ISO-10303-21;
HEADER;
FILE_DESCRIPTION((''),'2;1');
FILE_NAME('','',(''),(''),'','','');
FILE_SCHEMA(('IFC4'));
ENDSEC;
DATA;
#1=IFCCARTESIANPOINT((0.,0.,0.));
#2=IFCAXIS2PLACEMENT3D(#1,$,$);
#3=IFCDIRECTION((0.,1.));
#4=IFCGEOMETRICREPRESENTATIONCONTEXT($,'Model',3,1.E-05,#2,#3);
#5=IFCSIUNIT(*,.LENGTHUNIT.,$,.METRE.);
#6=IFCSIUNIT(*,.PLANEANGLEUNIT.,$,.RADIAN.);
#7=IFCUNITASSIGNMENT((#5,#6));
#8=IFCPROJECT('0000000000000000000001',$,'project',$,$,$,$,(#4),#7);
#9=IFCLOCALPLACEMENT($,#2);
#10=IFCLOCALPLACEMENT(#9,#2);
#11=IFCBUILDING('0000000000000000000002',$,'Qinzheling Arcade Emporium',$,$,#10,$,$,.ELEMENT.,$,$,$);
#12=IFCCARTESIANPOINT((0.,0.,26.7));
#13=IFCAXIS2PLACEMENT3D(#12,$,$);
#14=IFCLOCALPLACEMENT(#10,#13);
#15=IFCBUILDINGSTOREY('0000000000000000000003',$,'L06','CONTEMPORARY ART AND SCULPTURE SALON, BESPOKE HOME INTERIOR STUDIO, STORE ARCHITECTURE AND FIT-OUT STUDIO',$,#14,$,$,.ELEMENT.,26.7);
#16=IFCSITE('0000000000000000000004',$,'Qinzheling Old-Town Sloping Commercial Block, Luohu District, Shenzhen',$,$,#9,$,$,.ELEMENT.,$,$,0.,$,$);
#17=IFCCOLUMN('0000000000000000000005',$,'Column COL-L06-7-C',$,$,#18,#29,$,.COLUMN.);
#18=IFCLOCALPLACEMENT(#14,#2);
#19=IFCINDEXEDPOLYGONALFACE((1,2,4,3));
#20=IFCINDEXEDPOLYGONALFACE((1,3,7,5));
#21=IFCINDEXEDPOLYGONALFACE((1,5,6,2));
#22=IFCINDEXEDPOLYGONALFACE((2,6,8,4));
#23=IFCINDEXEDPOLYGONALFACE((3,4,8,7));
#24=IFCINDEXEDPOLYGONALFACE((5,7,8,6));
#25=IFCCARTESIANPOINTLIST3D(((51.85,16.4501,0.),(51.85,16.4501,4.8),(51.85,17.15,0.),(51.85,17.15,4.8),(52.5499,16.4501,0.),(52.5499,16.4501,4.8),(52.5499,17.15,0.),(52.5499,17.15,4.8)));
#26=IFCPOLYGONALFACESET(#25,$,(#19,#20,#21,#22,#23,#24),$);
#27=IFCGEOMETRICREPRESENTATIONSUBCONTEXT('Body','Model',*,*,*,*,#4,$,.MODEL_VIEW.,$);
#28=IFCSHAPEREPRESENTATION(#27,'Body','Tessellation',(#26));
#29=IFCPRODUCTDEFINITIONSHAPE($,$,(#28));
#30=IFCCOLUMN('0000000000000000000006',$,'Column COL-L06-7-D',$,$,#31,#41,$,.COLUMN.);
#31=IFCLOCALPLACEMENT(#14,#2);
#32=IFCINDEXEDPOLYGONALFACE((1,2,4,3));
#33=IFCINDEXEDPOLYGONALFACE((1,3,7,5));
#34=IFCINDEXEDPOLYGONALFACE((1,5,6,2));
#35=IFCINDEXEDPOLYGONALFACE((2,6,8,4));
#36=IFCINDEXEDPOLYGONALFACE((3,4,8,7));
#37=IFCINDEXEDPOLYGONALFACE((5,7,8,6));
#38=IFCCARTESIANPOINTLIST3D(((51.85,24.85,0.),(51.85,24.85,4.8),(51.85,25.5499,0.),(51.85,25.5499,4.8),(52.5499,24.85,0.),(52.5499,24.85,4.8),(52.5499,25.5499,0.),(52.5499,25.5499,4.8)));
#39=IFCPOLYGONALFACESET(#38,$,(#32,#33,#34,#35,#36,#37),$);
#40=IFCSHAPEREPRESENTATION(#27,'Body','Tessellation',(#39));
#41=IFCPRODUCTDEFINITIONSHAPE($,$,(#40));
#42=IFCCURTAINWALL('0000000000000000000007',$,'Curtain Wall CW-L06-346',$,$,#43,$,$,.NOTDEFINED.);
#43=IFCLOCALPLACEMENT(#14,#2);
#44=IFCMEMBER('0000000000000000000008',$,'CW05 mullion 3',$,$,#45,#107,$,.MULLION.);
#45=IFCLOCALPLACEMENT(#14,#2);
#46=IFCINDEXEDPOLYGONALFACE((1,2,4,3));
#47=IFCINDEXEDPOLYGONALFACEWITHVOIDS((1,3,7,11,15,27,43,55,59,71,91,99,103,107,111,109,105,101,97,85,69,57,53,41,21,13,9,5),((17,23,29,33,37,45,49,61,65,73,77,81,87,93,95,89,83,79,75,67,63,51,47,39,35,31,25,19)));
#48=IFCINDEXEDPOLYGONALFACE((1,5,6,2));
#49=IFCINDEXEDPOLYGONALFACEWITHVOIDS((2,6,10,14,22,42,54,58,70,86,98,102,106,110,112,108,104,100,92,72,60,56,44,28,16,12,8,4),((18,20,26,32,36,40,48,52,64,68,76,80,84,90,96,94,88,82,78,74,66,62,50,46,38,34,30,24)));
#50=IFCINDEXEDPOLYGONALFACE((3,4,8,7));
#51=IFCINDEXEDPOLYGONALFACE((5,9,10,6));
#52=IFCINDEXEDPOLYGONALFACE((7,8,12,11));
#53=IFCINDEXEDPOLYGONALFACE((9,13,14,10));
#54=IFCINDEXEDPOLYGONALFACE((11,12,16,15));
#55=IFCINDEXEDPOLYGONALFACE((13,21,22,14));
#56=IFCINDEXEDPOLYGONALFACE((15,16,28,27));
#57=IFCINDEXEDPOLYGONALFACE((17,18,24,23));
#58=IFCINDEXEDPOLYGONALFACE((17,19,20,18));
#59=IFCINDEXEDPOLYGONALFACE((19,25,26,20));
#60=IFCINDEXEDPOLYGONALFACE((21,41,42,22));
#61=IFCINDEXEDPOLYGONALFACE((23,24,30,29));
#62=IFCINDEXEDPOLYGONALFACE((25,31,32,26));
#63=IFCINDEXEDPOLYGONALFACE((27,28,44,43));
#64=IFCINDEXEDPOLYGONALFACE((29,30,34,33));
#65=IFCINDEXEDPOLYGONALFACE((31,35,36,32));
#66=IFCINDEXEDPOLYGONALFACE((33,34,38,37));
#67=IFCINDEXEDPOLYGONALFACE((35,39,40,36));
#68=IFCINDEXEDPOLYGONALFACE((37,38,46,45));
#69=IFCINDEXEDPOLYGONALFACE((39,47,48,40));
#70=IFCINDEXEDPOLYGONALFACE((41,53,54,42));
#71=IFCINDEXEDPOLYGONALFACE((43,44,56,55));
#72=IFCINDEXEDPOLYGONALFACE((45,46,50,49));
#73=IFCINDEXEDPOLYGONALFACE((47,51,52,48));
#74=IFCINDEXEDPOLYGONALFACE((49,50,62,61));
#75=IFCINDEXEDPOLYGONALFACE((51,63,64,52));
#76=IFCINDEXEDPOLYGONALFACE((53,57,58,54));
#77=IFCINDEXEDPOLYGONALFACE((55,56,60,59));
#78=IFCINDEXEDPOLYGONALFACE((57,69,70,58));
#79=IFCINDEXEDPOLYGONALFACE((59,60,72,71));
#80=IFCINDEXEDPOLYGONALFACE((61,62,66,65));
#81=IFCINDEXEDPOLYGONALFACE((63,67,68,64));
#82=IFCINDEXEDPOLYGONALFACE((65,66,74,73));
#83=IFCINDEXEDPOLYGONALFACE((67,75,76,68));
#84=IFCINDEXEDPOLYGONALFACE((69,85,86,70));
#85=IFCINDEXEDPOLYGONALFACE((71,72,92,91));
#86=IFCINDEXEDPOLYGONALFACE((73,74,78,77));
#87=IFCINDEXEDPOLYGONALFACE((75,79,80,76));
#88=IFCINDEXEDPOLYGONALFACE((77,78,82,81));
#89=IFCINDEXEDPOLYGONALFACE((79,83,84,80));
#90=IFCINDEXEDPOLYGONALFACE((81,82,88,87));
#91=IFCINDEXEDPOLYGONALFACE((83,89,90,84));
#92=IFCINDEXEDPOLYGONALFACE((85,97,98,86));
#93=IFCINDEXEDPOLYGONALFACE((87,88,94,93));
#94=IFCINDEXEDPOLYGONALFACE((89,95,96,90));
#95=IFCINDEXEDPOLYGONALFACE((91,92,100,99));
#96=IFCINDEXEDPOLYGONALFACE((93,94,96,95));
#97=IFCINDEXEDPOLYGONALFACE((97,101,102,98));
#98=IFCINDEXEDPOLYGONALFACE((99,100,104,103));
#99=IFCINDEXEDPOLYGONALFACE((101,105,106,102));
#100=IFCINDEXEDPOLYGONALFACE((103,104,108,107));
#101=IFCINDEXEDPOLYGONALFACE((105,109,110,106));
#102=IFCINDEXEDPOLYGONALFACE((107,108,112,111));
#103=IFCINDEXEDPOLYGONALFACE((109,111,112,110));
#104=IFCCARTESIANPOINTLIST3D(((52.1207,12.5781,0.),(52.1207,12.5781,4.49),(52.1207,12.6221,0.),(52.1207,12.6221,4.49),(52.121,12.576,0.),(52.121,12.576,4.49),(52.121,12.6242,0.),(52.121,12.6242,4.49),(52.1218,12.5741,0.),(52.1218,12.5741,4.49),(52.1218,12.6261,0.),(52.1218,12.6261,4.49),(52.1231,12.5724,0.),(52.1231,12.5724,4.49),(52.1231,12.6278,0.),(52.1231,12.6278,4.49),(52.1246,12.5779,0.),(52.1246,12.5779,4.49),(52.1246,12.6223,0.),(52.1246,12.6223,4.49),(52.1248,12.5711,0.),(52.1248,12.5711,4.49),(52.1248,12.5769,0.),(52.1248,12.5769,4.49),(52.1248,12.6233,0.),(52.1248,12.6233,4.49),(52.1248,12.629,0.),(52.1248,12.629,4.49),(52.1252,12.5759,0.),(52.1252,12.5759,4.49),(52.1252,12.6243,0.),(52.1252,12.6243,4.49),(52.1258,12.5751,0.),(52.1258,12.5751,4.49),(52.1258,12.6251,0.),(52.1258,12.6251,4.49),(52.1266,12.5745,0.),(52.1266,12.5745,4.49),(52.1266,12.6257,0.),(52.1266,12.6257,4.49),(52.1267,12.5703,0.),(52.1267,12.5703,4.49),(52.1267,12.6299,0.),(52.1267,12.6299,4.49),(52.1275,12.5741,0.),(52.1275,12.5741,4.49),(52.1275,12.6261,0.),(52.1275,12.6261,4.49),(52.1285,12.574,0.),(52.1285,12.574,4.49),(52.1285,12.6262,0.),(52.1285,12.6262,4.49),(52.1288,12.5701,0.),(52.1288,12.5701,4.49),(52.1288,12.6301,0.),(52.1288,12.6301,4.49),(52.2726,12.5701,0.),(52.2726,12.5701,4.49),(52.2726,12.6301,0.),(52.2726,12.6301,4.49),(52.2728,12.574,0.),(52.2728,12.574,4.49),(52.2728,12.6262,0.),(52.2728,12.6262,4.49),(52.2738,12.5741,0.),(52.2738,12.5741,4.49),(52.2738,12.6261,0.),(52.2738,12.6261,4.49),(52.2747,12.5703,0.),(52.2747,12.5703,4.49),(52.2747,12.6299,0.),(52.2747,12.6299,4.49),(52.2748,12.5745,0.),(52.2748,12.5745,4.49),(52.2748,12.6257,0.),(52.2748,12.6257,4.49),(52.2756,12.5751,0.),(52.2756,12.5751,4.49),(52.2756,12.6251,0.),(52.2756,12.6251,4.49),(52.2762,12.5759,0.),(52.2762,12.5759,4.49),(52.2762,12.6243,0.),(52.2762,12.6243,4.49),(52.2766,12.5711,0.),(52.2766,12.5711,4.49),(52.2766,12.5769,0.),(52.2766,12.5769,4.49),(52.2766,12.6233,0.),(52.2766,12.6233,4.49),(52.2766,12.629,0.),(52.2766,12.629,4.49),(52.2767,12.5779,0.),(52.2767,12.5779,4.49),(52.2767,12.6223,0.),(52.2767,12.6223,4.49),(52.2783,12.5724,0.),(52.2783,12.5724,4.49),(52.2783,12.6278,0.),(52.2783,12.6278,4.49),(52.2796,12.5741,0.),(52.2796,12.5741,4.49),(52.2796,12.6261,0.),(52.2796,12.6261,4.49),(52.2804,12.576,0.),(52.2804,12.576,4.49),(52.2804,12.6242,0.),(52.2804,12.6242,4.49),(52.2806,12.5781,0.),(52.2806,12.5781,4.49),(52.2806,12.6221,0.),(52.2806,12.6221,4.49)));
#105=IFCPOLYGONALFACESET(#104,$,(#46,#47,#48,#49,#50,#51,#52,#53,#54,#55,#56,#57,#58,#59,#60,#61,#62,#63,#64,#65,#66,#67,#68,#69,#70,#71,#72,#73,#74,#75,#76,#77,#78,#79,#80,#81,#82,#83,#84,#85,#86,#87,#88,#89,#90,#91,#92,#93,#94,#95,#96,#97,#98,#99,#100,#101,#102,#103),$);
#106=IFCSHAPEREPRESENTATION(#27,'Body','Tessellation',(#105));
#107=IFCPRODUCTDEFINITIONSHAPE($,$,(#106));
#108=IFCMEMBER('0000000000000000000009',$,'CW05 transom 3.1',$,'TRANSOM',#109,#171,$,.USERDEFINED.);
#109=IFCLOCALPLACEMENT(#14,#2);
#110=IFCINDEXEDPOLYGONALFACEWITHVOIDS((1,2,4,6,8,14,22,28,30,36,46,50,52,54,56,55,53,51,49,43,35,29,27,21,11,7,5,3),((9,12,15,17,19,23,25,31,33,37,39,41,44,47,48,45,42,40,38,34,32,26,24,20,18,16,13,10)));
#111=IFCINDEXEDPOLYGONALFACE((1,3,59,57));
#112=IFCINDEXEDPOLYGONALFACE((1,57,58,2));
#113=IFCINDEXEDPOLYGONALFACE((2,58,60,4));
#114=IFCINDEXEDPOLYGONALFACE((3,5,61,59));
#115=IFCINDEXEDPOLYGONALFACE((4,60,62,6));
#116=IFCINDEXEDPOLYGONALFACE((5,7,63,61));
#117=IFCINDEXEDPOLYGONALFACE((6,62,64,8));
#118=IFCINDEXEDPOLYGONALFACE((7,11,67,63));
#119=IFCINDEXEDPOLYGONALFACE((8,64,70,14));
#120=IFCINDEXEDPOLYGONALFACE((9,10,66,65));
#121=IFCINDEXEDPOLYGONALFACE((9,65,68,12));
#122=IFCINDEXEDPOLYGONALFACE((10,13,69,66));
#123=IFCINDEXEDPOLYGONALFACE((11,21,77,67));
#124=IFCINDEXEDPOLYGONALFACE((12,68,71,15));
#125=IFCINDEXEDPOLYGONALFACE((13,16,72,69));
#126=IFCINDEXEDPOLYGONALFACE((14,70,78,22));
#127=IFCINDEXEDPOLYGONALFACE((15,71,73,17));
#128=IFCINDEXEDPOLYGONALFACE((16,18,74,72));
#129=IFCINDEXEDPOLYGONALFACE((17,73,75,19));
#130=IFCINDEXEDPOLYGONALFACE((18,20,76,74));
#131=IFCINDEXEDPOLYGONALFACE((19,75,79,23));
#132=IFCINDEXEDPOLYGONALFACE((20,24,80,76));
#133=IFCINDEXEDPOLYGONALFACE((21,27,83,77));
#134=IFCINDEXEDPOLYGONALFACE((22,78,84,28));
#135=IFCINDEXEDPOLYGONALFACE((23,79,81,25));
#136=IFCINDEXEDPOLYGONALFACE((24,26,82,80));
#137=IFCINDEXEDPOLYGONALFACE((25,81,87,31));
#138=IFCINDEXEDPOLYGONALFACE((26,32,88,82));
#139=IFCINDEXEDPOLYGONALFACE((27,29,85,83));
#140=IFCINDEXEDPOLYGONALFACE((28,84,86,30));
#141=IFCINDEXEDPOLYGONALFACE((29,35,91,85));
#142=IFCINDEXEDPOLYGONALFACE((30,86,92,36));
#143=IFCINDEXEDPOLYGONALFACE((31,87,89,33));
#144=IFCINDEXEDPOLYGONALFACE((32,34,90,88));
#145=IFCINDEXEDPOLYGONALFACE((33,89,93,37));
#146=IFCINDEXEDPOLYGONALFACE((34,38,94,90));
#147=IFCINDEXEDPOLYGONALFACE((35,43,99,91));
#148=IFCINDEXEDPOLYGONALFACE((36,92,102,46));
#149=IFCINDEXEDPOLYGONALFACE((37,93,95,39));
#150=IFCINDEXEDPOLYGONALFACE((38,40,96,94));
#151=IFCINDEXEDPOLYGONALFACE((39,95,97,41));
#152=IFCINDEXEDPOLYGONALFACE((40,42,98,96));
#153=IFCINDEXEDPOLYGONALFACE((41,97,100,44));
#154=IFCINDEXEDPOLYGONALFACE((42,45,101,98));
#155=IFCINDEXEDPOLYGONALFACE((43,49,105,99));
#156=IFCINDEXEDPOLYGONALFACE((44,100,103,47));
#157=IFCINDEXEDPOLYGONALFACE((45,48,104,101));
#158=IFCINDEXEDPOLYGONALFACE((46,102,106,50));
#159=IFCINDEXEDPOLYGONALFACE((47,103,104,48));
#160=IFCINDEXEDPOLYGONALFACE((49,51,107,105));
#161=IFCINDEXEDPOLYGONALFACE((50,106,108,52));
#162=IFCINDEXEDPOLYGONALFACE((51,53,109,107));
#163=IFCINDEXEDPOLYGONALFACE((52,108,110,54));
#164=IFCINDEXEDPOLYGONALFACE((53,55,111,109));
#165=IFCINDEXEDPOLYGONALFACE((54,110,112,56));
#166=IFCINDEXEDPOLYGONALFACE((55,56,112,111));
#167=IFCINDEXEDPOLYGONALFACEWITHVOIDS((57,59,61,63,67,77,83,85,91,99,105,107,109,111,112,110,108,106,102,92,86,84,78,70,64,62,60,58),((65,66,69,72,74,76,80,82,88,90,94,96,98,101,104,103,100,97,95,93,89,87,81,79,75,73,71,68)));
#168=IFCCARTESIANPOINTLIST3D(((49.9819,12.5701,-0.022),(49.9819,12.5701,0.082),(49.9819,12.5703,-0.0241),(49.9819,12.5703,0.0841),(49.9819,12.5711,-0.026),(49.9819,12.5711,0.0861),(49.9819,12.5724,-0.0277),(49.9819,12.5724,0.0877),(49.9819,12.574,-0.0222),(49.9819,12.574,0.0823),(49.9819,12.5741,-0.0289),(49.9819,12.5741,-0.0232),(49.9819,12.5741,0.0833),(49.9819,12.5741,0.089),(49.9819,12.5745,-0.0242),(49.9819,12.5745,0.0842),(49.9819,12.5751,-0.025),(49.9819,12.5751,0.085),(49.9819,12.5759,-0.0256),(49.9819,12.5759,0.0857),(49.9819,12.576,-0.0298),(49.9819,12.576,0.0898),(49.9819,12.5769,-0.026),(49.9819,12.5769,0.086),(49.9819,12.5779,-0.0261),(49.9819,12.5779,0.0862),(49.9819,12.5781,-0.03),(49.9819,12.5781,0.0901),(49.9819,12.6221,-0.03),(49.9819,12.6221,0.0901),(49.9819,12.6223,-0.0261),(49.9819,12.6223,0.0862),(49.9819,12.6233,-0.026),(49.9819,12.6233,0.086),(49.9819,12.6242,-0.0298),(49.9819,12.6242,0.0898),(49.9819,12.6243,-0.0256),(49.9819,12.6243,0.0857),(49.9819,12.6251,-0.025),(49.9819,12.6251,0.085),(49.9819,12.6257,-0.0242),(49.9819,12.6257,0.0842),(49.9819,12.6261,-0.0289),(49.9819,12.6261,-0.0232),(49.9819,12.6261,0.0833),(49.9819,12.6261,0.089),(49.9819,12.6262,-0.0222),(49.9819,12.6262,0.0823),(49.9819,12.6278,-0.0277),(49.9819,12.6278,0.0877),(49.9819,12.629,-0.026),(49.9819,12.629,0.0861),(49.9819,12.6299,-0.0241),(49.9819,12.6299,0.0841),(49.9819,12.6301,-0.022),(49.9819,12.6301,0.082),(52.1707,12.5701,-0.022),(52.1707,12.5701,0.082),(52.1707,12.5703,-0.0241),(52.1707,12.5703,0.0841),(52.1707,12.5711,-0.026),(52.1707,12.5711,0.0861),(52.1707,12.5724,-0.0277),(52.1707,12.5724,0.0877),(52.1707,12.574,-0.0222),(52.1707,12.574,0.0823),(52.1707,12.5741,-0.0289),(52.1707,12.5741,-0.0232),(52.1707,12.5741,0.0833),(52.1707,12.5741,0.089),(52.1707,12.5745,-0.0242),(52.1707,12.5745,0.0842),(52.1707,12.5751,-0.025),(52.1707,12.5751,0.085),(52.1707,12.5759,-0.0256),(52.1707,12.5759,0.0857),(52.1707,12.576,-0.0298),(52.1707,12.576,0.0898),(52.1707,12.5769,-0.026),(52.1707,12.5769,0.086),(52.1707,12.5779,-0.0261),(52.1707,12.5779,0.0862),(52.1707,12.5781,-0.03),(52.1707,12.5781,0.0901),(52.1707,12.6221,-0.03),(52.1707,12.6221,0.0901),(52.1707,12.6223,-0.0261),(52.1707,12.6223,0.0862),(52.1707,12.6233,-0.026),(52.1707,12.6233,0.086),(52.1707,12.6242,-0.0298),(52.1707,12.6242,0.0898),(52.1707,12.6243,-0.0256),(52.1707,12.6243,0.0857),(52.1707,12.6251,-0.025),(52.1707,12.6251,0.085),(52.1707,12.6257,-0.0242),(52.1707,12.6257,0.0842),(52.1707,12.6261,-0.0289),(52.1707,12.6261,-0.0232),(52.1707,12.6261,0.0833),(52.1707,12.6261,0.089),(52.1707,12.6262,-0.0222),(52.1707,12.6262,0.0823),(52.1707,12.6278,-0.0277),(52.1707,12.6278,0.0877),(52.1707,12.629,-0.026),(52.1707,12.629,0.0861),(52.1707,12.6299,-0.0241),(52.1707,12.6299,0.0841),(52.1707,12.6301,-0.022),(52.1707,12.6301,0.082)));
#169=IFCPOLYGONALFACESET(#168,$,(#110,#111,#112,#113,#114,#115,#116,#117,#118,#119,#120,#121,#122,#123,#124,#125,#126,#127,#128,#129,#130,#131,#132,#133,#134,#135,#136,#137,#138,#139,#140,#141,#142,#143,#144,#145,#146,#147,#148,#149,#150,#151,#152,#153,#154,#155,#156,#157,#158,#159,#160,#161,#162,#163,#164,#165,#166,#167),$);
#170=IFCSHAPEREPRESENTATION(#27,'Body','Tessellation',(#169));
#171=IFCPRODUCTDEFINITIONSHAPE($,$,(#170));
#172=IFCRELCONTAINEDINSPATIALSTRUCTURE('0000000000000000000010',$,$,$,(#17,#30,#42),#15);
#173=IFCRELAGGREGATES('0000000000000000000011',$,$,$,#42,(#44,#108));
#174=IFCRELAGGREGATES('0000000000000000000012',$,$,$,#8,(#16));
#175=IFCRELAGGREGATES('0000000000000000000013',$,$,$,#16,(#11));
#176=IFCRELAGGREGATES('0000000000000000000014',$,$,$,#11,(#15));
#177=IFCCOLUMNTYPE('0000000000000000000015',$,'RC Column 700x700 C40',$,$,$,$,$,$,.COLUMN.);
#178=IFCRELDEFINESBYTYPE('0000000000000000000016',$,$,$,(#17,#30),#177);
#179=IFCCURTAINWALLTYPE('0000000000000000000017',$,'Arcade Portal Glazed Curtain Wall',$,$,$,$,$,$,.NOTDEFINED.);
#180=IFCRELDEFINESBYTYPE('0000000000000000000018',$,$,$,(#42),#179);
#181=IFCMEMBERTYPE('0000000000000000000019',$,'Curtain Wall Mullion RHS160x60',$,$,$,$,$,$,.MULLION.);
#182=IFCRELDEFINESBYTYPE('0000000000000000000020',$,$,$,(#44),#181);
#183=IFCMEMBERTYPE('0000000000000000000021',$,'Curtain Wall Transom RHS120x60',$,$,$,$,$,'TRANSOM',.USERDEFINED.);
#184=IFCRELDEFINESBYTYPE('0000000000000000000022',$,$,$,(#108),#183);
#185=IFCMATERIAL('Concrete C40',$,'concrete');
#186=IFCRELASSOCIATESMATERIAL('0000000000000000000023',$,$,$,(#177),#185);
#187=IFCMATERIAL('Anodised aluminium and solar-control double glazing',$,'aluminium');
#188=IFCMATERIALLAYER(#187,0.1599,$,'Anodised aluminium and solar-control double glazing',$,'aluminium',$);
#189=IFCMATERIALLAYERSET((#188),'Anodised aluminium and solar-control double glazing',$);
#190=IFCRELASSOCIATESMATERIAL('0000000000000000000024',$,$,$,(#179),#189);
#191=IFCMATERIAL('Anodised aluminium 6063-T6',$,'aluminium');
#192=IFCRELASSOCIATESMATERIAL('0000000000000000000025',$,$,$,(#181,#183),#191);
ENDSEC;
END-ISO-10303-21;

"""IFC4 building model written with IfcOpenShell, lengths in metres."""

from ifc_helpers import new_model, si_unit, direction, frame, origin, origin_2d, place, context, subcontext, project, spatial, rectangle, hollow_rectangle, extrude, material, layer, layer_set, material_profile, profile_set, type_object, element, aggregate, save


model = new_model("IFC4")

# Units and contexts
model_context = context("Model", 3, precision=1e-05, world=origin(), true_north=direction((0.0, 1.0)))
body_context = subcontext(model_context, "Body", "Model", "MODEL_VIEW")
ifc_project = project(units=[si_unit("LENGTHUNIT", "METRE"), si_unit("PLANEANGLEUNIT", "RADIAN")], contexts=[model_context])

# Site, building, storey
site_placement = place(None, origin())
site = spatial("IfcSite", under=ifc_project, at=site_placement, Name="Qinzheling Old-Town Sloping Commercial Block, Luohu District, Shenzhen", CompositionType="ELEMENT", RefElevation=0.0)
building_placement = place(site_placement, origin())
building = spatial("IfcBuilding", under=site, at=building_placement, Name="Qinzheling Arcade Emporium", CompositionType="ELEMENT")
storey_placement = place(building_placement, frame((0.0, 0.0, 26.7)))
storey = spatial("IfcBuildingStorey", under=building, at=storey_placement, Name="L06", Description="CONTEMPORARY ART AND SCULPTURE SALON, BESPOKE HOME INTERIOR STUDIO, STORE ARCHITECTURE AND FIT-OUT STUDIO", CompositionType="ELEMENT", Elevation=26.7)

# Columns
ifc_material_1 = material(Name="Concrete C40", Category="concrete")
ifc_material_profile_1 = material_profile(ifc_material_1, rectangle(XDim=0.7, YDim=0.7, at=origin_2d()), Name="RC 700x700", Category="concrete")
ifc_profile_set_1 = profile_set([ifc_material_profile_1], Name="Concrete C40")
column_type = type_object("IfcColumnType", Name="RC Column 700x700 C40", PredefinedType="COLUMN", material=ifc_profile_set_1)
for number, where, z_axis, x_axis, name in (
    (1, (52.2, 16.8, 0.0), (0.0, 0.0, 1.0), (1.0, 0.0, 0.0), "Column COL-L06-7-C"),
    (2, (52.2, 25.2, 0.0), (0.0, 0.0, 1.0), (1.0, 0.0, 0.0), "Column COL-L06-7-D"),
):
    element("IfcColumn", number, at=place(storey_placement, frame(where, z_axis=z_axis, x_axis=x_axis)), inside=storey, type_object=column_type, Name=name, PredefinedType="COLUMN", context=body_context, shape_type="SweptSolid", body=[
        extrude(rectangle(XDim=0.7, YDim=0.7, at=origin_2d()), origin(), (0.0, 0.0, 1.0), 4.8),
    ])

# Curtain wall, members
ifc_material_2 = material(Name="Anodised aluminium and solar-control double glazing", Category="aluminium")
ifc_layer_1 = layer(ifc_material_2, 0.1599, Name="Anodised aluminium and solar-control double glazing", Category="aluminium")
ifc_layer_set_1 = layer_set([ifc_layer_1], Name="Anodised aluminium and solar-control double glazing")
curtain_wall_type = type_object("IfcCurtainWallType", Name="Arcade Portal Glazed Curtain Wall", PredefinedType="NOTDEFINED", material=ifc_layer_set_1)
curtain_wall_placement = place(storey_placement, origin())
curtain_wall = element("IfcCurtainWall", 3, at=curtain_wall_placement, inside=storey, type_object=curtain_wall_type, Name="Curtain Wall CW-L06-346", PredefinedType="NOTDEFINED")
ifc_material_3 = material(Name="Anodised aluminium 6063-T6", Category="aluminium")
ifc_material_profile_2 = material_profile(ifc_material_3, hollow_rectangle(XDim=0.0601, YDim=0.1599, WallThickness=0.0039, InnerFilletRadius=0.0039, OuterFilletRadius=0.0081, at=origin_2d()), Name="RHS 160x60x4", Category="aluminium")
ifc_profile_set_2 = profile_set([ifc_material_profile_2], Name="Anodised aluminium 6063-T6")
member_type_1 = type_object("IfcMemberType", Name="Curtain Wall Mullion RHS160x60", PredefinedType="MULLION", material=ifc_profile_set_2)
member_1_placement = place(storey_placement, frame((52.2007, 12.6001, 0.0), z_axis=(0.0, 0.0, 1.0), x_axis=(0.0, -1.0, 0.0)))
member_1 = element("IfcMember", 4, at=member_1_placement, type_object=member_type_1, Name="CW05 mullion 3", PredefinedType="MULLION", context=body_context, shape_type="SweptSolid", body=[
    extrude(hollow_rectangle(XDim=0.0601, YDim=0.1599, WallThickness=0.0039, InnerFilletRadius=0.0039, OuterFilletRadius=0.0081, at=origin_2d()), origin(), (0.0, 0.0, 1.0), 4.49),
])
ifc_material_profile_3 = material_profile(ifc_material_3, hollow_rectangle(XDim=0.0601, YDim=0.1201, WallThickness=0.0039, InnerFilletRadius=0.0039, OuterFilletRadius=0.0081, at=origin_2d()), Name="RHS 120x60x4", Category="aluminium")
ifc_profile_set_3 = profile_set([ifc_material_profile_3], Name="Anodised aluminium 6063-T6")
member_type_2 = type_object("IfcMemberType", Name="Curtain Wall Transom RHS120x60", ElementType="TRANSOM", PredefinedType="USERDEFINED", material=ifc_profile_set_3)
member_2_placement = place(storey_placement, frame((52.1707, 12.6001, 0.03), z_axis=(-1.0, 0.0, 0.0), x_axis=(0.0, -1.0, 0.0)))
member_2 = element("IfcMember", 5, at=member_2_placement, type_object=member_type_2, Name="CW05 transom 3.1", ObjectType="TRANSOM", PredefinedType="USERDEFINED", context=body_context, shape_type="SweptSolid", body=[
    extrude(hollow_rectangle(XDim=0.0601, YDim=0.1201, WallThickness=0.0039, InnerFilletRadius=0.0039, OuterFilletRadius=0.0081, at=origin_2d()), origin(), (0.0, 0.0, 1.0), 2.1887),
])

aggregate(curtain_wall, [member_1, member_2])

save(model, "model.ifc")
